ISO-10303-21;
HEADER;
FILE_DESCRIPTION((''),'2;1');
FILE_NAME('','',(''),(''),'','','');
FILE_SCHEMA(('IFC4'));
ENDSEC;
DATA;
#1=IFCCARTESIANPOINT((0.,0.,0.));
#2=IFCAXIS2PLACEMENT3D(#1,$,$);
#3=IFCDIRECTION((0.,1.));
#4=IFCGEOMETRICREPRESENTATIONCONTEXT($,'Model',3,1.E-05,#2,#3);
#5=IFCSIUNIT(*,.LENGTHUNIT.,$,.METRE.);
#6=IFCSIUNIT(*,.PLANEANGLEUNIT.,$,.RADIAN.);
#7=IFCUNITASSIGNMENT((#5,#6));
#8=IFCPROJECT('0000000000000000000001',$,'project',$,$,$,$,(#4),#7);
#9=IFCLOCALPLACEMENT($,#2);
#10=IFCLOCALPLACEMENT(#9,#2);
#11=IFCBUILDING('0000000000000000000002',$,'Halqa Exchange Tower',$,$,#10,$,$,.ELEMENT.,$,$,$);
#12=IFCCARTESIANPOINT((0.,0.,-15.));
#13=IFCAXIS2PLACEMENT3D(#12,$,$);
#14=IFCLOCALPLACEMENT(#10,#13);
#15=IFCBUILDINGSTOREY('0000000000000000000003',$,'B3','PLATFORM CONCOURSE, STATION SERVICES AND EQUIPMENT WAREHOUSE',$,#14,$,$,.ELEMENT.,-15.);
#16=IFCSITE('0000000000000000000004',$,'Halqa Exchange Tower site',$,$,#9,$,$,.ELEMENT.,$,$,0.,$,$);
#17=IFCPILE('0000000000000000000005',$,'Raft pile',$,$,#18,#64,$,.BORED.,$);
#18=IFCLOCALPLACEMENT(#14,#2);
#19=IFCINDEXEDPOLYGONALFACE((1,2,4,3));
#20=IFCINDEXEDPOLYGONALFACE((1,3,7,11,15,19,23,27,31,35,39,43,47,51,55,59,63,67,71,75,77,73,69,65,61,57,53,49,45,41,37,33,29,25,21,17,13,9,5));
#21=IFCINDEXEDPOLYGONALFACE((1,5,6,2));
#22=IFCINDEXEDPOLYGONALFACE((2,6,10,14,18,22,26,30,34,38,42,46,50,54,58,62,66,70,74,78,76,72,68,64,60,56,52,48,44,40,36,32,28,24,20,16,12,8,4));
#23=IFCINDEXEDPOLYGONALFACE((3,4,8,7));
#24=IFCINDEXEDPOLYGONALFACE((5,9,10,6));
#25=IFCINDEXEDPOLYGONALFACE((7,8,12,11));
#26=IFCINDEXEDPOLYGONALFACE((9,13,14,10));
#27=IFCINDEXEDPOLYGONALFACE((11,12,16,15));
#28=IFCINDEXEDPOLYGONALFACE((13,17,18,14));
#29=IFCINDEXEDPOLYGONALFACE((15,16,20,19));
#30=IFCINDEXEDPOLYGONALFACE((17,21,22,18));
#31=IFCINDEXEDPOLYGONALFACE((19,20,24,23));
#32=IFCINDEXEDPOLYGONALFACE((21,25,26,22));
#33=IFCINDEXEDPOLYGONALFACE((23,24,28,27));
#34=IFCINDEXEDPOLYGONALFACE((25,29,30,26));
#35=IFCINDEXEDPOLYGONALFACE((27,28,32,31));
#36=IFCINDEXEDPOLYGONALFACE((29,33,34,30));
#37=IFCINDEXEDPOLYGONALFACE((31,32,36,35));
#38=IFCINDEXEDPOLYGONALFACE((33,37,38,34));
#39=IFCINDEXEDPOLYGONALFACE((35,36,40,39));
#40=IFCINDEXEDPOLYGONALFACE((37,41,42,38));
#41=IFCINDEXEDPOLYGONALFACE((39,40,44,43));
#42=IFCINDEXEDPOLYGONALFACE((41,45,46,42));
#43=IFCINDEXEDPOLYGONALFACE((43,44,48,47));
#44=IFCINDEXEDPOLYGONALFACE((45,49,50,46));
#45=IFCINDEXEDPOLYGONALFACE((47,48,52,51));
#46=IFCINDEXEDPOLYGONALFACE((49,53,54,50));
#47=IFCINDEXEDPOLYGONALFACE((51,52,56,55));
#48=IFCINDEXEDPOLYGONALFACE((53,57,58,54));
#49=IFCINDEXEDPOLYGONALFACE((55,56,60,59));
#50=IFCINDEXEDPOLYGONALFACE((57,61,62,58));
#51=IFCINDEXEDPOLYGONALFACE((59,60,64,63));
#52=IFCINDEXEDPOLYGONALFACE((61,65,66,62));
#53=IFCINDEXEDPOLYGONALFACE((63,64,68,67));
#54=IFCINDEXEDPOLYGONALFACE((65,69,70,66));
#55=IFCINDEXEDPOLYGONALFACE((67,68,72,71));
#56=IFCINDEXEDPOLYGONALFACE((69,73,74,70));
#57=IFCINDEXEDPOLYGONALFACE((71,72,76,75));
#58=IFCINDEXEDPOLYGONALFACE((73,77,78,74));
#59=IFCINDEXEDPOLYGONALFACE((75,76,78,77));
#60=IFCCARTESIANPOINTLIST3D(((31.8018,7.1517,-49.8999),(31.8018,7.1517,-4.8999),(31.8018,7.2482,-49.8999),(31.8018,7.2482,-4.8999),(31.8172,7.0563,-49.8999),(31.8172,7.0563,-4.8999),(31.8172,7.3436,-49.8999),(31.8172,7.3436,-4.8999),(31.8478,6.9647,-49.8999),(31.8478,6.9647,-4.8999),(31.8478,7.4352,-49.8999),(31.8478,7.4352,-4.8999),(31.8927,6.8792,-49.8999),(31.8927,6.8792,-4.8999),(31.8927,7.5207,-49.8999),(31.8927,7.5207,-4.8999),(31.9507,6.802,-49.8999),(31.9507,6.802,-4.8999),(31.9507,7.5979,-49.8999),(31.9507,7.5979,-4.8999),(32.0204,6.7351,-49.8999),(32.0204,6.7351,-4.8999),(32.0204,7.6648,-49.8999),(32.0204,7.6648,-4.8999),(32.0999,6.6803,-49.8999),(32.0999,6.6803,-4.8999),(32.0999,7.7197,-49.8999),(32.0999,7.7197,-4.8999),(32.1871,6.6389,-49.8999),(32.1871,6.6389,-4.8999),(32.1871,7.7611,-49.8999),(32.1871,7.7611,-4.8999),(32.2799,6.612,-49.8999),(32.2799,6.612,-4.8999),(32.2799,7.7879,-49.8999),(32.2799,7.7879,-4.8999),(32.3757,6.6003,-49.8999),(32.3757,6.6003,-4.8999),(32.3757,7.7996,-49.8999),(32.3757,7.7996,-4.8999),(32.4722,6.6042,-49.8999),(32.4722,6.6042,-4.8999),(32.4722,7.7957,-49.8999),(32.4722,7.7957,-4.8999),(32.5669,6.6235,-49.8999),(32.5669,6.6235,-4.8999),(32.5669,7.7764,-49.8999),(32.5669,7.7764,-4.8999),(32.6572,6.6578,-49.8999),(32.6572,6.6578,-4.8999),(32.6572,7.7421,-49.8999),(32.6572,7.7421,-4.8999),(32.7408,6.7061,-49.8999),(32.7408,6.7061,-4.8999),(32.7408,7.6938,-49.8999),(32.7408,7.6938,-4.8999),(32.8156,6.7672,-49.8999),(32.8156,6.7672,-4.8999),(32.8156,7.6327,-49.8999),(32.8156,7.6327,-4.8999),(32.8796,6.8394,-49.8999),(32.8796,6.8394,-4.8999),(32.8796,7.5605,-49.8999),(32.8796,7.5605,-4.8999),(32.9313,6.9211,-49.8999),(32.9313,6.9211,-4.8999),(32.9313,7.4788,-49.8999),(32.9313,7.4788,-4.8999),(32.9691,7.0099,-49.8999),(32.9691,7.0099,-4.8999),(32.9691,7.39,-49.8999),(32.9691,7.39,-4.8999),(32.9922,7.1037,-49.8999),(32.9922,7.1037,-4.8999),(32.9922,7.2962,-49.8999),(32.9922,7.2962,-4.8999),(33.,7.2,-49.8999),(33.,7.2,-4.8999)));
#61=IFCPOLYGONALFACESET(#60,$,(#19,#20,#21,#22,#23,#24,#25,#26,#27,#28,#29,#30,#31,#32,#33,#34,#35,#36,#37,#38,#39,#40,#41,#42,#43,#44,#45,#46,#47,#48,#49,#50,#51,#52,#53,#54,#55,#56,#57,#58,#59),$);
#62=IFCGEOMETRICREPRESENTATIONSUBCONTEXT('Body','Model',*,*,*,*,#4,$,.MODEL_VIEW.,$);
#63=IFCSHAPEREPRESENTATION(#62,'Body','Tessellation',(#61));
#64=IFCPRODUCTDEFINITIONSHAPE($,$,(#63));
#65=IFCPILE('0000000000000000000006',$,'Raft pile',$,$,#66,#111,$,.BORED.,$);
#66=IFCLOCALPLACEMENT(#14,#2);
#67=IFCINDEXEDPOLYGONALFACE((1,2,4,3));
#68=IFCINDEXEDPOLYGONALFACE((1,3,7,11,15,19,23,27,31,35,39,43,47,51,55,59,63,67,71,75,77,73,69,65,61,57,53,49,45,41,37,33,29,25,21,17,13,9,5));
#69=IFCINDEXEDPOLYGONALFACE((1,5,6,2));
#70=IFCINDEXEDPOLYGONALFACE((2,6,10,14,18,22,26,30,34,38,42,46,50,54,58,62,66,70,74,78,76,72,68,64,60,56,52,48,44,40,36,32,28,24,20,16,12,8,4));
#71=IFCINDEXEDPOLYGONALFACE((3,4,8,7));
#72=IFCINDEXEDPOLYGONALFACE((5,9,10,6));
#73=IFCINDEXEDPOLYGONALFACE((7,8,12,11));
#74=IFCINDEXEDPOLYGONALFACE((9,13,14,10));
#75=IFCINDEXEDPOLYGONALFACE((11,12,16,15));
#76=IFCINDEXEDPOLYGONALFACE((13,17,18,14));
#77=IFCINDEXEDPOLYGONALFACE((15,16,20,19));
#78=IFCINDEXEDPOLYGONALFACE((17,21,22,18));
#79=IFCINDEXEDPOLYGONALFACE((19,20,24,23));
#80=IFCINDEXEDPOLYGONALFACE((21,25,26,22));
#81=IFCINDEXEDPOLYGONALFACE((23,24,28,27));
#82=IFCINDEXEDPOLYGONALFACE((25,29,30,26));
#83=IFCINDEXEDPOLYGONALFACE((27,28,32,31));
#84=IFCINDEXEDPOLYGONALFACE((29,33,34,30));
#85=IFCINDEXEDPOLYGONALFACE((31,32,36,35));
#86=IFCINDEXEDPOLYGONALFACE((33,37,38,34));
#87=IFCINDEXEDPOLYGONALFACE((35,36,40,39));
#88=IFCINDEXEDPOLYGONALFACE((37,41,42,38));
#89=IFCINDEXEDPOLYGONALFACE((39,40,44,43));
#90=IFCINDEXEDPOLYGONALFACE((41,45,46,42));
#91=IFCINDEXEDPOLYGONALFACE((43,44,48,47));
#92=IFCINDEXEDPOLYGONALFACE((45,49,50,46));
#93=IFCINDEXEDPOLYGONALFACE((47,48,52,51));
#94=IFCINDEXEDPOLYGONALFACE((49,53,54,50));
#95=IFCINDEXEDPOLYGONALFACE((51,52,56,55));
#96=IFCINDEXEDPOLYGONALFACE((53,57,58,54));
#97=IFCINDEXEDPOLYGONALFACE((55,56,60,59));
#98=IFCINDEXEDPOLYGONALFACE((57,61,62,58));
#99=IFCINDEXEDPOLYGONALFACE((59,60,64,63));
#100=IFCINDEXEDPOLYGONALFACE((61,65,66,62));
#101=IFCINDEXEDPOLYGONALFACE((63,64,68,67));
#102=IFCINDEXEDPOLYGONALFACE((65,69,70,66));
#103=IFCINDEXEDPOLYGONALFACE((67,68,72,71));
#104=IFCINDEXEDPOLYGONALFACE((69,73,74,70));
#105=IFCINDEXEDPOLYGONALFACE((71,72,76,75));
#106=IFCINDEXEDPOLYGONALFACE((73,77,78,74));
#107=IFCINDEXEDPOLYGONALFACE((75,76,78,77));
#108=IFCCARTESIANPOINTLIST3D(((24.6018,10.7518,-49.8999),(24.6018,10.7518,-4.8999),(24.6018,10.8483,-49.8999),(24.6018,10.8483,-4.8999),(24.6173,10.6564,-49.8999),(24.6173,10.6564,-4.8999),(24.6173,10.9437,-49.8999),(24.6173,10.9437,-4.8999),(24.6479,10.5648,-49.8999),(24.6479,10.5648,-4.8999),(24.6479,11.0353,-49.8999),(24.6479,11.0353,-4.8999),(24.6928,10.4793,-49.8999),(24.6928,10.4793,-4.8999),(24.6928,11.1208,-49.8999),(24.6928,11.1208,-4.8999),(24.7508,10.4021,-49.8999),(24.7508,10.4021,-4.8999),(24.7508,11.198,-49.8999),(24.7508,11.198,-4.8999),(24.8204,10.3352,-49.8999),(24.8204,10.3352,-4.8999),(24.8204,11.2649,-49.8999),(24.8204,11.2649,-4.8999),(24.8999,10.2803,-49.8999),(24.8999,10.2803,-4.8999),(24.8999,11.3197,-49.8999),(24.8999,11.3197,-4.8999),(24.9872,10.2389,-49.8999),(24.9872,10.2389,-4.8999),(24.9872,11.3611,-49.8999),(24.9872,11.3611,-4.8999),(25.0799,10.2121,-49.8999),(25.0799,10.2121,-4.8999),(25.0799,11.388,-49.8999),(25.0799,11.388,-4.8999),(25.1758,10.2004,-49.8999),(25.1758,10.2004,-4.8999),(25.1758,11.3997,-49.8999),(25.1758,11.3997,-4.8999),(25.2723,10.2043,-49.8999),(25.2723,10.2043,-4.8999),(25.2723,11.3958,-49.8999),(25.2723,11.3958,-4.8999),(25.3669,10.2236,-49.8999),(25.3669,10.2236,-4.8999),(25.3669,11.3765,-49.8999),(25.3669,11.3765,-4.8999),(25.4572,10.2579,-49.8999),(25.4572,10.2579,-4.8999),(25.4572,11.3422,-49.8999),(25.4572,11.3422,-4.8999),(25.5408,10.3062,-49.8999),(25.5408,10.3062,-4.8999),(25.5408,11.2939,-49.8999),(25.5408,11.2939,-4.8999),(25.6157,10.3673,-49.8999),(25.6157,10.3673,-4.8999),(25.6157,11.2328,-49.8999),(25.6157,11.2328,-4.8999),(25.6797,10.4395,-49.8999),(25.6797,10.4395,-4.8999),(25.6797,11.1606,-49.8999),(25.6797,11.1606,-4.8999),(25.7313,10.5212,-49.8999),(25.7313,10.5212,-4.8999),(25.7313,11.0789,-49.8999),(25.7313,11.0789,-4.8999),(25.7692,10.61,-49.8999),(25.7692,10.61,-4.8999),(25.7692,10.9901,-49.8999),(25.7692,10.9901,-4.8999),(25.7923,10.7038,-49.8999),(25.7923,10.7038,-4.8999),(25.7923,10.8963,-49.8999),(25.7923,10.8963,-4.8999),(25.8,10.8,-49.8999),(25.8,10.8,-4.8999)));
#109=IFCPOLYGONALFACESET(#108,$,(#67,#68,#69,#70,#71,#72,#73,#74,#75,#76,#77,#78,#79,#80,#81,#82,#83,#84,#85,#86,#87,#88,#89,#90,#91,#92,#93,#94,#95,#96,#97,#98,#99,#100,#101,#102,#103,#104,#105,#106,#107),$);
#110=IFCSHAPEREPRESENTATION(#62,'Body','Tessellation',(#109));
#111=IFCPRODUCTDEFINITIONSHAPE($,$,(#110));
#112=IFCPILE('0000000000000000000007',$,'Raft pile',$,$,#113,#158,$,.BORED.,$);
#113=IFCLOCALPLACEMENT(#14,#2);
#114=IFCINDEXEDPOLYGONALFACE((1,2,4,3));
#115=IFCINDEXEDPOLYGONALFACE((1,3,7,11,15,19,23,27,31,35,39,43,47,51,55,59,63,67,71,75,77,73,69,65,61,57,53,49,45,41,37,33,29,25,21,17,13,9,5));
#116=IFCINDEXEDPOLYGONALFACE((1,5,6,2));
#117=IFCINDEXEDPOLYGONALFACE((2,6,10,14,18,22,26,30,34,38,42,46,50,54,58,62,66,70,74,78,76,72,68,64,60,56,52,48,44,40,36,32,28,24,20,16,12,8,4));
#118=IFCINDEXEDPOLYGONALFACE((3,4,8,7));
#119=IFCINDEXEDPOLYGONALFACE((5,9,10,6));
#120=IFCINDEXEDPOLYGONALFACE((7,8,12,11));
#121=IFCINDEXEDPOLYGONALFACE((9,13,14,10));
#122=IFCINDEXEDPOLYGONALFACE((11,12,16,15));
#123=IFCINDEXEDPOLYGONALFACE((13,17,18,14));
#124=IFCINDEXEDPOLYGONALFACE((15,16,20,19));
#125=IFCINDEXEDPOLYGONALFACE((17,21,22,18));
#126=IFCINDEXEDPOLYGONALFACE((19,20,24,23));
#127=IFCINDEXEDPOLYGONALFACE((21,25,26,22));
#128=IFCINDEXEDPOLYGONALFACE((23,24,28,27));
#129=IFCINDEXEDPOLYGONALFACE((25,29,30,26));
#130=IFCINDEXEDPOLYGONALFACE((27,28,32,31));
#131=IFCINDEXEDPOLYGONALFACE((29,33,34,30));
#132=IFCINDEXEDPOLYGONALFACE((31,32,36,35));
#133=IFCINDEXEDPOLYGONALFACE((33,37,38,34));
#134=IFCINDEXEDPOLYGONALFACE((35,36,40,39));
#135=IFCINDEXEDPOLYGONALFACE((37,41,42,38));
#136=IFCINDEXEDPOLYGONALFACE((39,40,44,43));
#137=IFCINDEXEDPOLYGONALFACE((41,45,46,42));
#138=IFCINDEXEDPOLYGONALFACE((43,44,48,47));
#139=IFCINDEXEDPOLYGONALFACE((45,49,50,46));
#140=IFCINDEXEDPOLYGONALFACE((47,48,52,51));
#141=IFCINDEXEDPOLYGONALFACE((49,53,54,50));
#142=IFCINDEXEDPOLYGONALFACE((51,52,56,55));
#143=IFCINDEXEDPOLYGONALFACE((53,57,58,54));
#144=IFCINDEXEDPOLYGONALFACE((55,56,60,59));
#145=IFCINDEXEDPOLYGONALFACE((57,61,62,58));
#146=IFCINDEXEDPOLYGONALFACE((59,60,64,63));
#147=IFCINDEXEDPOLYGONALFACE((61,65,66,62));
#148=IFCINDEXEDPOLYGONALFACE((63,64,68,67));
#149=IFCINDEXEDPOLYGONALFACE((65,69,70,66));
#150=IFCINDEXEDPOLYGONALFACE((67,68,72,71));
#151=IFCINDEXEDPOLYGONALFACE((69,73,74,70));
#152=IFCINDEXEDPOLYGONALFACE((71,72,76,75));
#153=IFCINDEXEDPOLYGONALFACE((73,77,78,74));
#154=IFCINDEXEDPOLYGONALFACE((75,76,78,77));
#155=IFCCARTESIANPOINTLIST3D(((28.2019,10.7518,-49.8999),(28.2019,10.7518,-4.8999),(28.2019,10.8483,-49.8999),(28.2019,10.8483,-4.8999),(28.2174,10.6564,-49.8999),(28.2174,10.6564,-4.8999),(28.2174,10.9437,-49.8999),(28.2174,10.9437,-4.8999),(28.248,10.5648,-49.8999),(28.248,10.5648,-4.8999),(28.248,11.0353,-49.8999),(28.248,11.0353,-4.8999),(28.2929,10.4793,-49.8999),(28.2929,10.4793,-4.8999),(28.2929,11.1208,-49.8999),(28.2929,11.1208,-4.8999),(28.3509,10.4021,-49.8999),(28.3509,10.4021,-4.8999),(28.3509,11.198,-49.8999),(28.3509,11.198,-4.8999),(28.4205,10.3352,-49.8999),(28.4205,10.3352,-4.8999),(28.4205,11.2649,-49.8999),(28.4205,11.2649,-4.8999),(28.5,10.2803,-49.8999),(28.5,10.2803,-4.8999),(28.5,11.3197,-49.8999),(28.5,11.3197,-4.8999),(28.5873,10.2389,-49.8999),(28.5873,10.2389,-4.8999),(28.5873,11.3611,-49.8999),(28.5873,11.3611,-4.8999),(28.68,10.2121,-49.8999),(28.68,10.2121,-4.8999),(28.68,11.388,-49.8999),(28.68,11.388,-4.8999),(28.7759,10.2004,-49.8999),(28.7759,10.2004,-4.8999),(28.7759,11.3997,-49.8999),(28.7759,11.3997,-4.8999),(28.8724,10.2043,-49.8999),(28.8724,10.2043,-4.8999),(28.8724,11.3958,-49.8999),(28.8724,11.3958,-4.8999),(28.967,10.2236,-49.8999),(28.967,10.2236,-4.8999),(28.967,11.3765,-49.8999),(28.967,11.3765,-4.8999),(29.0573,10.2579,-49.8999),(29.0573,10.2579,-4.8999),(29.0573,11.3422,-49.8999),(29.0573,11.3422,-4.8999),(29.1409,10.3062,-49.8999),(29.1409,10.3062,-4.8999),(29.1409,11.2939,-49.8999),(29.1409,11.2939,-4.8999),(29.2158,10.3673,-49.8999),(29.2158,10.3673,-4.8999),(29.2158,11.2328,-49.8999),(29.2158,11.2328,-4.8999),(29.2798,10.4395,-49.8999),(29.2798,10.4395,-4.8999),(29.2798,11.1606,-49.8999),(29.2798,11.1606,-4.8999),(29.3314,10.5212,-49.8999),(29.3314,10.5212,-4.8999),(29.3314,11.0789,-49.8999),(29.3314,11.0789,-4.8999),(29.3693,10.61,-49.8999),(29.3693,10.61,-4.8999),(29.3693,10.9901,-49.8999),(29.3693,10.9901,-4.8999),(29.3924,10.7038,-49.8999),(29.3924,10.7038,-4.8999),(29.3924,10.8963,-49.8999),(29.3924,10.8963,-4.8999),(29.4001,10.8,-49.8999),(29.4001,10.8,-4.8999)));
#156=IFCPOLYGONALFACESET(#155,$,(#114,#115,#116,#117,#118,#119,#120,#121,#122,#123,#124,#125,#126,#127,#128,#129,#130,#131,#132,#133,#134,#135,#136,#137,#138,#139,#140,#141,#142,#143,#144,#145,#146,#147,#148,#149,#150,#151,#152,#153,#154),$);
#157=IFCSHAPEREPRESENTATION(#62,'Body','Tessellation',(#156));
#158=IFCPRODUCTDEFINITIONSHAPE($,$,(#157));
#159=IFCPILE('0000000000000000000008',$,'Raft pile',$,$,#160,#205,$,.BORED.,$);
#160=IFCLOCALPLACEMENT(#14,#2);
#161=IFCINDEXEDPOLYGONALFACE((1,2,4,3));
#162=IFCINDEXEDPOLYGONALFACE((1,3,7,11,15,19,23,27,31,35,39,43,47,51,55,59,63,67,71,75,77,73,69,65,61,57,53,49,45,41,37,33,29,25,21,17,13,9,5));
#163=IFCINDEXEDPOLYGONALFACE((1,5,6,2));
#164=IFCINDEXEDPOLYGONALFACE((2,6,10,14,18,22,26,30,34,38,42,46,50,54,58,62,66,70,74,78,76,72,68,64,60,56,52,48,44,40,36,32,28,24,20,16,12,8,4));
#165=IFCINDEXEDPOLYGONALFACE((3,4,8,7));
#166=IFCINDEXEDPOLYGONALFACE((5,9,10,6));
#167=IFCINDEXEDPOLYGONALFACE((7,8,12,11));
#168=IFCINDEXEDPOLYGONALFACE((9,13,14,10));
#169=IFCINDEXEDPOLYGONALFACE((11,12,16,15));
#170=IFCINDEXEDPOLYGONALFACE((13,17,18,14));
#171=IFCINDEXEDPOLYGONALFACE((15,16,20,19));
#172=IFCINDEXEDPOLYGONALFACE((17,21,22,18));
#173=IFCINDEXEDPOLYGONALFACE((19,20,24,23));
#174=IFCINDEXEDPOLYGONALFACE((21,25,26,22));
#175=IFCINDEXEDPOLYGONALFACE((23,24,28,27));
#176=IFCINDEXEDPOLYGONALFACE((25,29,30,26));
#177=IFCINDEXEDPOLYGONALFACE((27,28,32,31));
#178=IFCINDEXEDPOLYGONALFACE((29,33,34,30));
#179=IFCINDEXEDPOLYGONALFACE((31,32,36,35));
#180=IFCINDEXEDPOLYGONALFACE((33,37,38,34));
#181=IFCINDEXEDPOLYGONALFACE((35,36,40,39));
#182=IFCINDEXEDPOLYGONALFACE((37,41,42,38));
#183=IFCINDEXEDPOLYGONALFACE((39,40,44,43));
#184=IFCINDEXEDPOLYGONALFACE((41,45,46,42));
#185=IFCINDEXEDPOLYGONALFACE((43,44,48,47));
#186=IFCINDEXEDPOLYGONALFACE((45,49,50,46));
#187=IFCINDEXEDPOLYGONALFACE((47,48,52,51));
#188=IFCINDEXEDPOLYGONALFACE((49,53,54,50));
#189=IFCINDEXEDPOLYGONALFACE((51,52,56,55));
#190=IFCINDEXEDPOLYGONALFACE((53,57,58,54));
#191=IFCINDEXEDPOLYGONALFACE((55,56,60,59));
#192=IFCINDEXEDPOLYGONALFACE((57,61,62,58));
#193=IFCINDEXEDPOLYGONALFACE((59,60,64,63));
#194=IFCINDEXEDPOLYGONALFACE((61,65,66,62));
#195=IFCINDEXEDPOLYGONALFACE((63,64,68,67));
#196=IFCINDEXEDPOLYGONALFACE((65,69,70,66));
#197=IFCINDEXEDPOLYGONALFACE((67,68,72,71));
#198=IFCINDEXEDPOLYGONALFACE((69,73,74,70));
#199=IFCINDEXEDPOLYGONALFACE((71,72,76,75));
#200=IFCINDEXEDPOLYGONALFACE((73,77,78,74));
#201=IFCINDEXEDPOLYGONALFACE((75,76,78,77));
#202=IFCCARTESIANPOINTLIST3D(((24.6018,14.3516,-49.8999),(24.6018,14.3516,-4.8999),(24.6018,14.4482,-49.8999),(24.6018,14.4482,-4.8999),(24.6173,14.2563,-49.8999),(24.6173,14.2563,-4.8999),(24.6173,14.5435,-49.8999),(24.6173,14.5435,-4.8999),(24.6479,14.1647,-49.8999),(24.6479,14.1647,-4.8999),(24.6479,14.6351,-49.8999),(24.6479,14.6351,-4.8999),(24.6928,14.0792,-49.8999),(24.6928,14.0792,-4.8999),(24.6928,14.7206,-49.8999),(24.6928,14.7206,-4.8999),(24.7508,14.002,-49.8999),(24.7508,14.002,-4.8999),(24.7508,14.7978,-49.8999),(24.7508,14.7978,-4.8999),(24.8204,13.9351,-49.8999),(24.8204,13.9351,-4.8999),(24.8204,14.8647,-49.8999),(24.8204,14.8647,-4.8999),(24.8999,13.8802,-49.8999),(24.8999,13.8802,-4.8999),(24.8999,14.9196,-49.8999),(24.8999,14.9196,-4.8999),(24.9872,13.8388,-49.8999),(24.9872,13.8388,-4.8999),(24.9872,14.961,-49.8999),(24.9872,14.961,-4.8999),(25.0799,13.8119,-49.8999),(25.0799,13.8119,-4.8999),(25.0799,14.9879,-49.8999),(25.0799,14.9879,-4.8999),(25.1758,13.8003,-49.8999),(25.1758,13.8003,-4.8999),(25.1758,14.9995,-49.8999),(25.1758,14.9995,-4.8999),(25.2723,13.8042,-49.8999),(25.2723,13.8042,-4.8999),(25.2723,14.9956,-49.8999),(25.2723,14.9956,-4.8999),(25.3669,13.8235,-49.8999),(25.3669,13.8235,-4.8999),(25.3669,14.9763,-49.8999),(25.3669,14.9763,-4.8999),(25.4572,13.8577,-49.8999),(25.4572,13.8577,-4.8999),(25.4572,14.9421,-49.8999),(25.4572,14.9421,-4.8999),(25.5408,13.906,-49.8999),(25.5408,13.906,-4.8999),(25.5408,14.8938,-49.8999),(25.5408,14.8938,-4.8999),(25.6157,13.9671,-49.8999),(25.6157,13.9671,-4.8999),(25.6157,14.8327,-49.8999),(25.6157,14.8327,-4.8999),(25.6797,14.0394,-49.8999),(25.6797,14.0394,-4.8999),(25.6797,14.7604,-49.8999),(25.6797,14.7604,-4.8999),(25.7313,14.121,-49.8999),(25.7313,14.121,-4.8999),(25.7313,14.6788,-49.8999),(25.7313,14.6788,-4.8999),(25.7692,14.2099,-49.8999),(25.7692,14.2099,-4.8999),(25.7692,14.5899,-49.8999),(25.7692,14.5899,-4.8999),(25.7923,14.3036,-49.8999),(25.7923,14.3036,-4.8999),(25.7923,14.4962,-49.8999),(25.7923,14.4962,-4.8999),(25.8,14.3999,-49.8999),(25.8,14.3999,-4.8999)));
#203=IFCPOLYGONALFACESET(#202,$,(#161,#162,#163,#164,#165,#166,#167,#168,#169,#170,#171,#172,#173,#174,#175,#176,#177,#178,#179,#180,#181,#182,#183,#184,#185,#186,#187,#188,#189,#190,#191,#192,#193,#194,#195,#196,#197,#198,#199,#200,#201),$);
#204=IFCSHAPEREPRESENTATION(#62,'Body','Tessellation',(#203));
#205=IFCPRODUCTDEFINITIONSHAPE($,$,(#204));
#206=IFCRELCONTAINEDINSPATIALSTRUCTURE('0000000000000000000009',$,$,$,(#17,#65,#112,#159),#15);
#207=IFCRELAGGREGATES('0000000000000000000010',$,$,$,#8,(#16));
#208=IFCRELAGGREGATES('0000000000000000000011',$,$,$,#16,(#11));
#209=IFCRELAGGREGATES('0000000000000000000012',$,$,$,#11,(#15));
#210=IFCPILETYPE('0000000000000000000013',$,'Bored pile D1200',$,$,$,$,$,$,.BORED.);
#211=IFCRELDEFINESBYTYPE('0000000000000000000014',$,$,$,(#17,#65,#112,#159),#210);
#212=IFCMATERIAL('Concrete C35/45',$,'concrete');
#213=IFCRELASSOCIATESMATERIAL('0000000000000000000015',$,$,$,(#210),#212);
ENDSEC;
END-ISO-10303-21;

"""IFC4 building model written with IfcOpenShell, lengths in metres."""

from ifc_helpers import new_model, si_unit, direction, frame, origin, origin_2d, place, context, subcontext, project, spatial, circle, extrude, material, material_profile, profile_set, type_object, element, save


model = new_model("IFC4")

# Units and contexts
model_context = context("Model", 3, precision=1e-05, world=origin(), true_north=direction((0.0, 1.0)))
body_context = subcontext(model_context, "Body", "Model", "MODEL_VIEW")
ifc_project = project(units=[si_unit("LENGTHUNIT", "METRE"), si_unit("PLANEANGLEUNIT", "RADIAN")], contexts=[model_context])

# Site, building, storey
site_placement = place(None, origin())
site = spatial("IfcSite", under=ifc_project, at=site_placement, Name="Halqa Exchange Tower site", CompositionType="ELEMENT", RefElevation=0.0)
building_placement = place(site_placement, origin())
building = spatial("IfcBuilding", under=site, at=building_placement, Name="Halqa Exchange Tower", CompositionType="ELEMENT")
storey_placement = place(building_placement, frame((0.0, 0.0, -15.0)))
storey = spatial("IfcBuildingStorey", under=building, at=storey_placement, Name="B3", Description="PLATFORM CONCOURSE, STATION SERVICES AND EQUIPMENT WAREHOUSE", CompositionType="ELEMENT", Elevation=-15.0)

# Piles
ifc_material_1 = material(Name="Concrete C35/45", Category="concrete")
ifc_material_profile_1 = material_profile(ifc_material_1, circle(Radius=0.6001, at=origin_2d()), Name="D1200")
ifc_profile_set_1 = profile_set([ifc_material_profile_1], Name="Concrete C35/45")
pile_type_1 = type_object("IfcPileType", Name="Bored pile D1200", PredefinedType="BORED", material=ifc_profile_set_1)
for number, where, z_axis, x_axis, name in (
    (1, (32.3999, 7.2, -4.8999), (0.0, 0.0, -1.0), (1.0, 0.0, 0.0), "Raft pile"),
    (2, (25.2, 10.8, -4.8999), (0.0, 0.0, -1.0), (1.0, 0.0, 0.0), "Raft pile"),
    (3, (28.8, 10.8, -4.8999), (0.0, 0.0, -1.0), (1.0, 0.0, 0.0), "Raft pile"),
    (4, (25.2, 14.3999, -4.8999), (0.0, 0.0, -1.0), (1.0, 0.0, 0.0), "Raft pile"),
):
    element("IfcPile", number, at=place(storey_placement, frame(where, z_axis=z_axis, x_axis=x_axis)), inside=storey, type_object=pile_type_1, Name=name, PredefinedType="BORED", context=body_context, shape_type="SweptSolid", body=[
        extrude(circle(Radius=0.6001, at=origin_2d()), origin(), (0.0, 0.0, 1.0), 45.0),
    ])

save(model, "model.ifc")
